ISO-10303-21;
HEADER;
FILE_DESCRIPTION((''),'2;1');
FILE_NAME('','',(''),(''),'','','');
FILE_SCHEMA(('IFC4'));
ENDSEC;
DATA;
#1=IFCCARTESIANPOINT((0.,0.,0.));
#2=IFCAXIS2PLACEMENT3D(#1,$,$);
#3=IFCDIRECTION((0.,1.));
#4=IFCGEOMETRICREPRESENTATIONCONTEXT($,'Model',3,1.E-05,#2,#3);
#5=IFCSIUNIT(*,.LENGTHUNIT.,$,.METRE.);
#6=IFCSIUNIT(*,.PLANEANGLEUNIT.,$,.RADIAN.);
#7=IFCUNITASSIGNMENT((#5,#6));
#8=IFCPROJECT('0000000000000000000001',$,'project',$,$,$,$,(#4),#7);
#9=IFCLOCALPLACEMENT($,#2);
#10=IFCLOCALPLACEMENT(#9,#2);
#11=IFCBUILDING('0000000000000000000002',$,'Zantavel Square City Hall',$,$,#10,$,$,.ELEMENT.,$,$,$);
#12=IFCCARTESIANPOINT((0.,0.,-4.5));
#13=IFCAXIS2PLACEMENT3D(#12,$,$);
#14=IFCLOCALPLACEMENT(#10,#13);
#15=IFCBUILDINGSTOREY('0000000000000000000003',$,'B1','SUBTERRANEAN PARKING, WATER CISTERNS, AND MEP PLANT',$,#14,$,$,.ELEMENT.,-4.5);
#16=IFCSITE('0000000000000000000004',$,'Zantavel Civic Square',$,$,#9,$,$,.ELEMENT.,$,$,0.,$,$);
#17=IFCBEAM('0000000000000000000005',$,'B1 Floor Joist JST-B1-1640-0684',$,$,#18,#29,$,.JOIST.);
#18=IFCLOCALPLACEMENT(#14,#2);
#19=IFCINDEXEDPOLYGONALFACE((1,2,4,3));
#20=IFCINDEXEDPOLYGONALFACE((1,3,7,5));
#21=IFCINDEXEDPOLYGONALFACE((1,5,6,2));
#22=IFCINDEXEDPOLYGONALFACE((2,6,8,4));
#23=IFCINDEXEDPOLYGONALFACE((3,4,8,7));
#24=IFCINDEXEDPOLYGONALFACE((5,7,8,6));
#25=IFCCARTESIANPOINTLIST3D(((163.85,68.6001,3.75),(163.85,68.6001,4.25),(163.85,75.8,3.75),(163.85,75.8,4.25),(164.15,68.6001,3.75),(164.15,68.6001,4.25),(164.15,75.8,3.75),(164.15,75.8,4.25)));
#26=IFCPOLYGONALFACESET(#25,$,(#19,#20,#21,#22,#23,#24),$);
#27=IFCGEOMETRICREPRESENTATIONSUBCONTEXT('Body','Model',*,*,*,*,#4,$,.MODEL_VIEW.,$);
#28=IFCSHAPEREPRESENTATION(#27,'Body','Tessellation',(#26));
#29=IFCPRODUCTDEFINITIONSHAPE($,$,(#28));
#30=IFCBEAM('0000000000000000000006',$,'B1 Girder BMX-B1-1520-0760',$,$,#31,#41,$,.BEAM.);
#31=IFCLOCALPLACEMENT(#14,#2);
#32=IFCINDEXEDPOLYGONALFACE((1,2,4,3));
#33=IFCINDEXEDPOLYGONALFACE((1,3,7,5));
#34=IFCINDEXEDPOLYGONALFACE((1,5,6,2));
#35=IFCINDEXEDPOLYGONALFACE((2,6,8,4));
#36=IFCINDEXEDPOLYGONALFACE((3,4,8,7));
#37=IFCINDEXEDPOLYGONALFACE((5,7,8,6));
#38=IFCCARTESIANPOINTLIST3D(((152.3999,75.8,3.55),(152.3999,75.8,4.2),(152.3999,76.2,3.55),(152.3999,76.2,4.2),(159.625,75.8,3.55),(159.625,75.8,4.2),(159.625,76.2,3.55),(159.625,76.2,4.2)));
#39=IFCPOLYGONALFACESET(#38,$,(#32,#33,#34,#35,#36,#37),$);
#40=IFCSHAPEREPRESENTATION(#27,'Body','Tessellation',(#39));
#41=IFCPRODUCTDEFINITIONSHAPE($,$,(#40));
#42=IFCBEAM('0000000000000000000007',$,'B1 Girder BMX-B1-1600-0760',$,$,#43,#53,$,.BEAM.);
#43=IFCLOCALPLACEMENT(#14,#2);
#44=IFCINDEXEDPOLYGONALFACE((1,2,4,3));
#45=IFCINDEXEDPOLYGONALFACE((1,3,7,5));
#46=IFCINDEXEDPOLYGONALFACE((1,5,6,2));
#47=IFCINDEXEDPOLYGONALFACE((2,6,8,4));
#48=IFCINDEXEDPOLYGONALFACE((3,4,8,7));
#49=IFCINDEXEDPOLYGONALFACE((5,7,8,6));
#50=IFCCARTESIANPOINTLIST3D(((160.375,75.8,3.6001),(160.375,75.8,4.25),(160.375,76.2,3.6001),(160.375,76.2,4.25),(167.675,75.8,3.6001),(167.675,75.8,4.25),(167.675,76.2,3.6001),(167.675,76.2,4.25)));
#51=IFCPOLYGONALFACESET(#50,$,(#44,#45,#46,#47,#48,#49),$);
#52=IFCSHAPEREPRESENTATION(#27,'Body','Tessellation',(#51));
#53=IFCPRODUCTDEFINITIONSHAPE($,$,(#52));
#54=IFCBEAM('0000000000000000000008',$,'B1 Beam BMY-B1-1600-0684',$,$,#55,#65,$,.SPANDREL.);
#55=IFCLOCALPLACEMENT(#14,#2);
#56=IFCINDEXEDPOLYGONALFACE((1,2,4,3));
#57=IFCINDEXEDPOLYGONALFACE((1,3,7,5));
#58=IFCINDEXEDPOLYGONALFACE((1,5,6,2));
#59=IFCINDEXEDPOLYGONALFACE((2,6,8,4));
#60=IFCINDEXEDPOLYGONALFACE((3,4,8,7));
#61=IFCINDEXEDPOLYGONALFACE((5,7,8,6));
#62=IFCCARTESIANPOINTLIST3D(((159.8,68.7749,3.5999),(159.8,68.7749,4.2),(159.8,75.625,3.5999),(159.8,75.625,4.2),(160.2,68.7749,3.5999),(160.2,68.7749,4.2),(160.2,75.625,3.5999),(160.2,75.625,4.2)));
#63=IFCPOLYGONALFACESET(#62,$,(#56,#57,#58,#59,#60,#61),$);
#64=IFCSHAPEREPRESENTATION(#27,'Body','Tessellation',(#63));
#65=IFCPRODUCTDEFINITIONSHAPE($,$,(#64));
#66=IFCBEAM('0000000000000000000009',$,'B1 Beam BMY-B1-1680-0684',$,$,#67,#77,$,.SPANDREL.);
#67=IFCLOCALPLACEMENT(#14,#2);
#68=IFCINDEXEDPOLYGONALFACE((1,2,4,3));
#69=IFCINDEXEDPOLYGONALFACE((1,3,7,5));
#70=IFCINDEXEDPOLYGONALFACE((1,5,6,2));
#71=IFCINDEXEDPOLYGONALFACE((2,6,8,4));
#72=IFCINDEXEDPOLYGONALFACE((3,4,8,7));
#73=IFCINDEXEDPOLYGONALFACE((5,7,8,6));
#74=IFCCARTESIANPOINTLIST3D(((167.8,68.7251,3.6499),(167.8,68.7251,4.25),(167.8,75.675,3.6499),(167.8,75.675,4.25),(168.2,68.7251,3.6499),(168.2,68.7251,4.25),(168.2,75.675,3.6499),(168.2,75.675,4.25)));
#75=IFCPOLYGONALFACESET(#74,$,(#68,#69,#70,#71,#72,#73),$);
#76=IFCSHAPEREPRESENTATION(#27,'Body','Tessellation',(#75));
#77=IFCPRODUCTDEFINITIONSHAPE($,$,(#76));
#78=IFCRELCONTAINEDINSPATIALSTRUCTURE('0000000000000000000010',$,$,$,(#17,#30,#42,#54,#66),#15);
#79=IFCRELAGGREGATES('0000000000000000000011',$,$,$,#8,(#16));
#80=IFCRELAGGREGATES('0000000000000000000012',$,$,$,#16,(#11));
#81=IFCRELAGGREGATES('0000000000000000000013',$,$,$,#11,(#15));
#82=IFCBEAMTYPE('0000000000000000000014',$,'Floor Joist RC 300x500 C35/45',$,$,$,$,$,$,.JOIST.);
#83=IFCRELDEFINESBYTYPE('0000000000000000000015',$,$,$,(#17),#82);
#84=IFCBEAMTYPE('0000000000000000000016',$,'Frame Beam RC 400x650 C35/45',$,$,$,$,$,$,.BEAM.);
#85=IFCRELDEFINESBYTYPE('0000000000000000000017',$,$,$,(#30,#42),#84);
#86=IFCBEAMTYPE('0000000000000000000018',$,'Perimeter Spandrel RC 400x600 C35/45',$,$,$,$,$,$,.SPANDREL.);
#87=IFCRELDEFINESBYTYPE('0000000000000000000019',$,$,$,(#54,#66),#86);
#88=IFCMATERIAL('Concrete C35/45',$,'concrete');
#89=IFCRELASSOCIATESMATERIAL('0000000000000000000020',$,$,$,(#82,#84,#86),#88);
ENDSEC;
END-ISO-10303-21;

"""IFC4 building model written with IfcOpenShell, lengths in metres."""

from ifc_helpers import new_model, si_unit, direction, frame, origin, origin_2d, place, context, subcontext, project, spatial, rectangle, extrude, material, material_profile, profile_set, type_object, element, save


model = new_model("IFC4")

# Units and contexts
model_context = context("Model", 3, precision=1e-05, world=origin(), true_north=direction((0.0, 1.0)))
body_context = subcontext(model_context, "Body", "Model", "MODEL_VIEW")
ifc_project = project(units=[si_unit("LENGTHUNIT", "METRE"), si_unit("PLANEANGLEUNIT", "RADIAN")], contexts=[model_context])

# Site, building, storey
site_placement = place(None, origin())
site = spatial("IfcSite", under=ifc_project, at=site_placement, Name="Zantavel Civic Square", CompositionType="ELEMENT", RefElevation=0.0)
building_placement = place(site_placement, origin())
building = spatial("IfcBuilding", under=site, at=building_placement, Name="Zantavel Square City Hall", CompositionType="ELEMENT")
storey_placement = place(building_placement, frame((0.0, 0.0, -4.5)))
storey = spatial("IfcBuildingStorey", under=building, at=storey_placement, Name="B1", Description="SUBTERRANEAN PARKING, WATER CISTERNS, AND MEP PLANT", CompositionType="ELEMENT", Elevation=-4.5)

# Shared definitions
ifc_material_1 = material(Name="Concrete C35/45", Category="concrete")

# Beams
ifc_material_profile_1 = material_profile(ifc_material_1, rectangle(XDim=0.3, YDim=0.5, at=origin_2d()), Name="RC 300x500")
ifc_profile_set_1 = profile_set([ifc_material_profile_1], Name="Concrete C35/45")
beam_type_1 = type_object("IfcBeamType", Name="Floor Joist RC 300x500 C35/45", PredefinedType="JOIST", material=ifc_profile_set_1)
for number, where, z_axis, x_axis, name in (
    (1, (164.0, 68.6001, 4.0), (0.0, 1.0, 0.0), (-1.0, 0.0, 0.0), "B1 Floor Joist JST-B1-1640-0684"),
):
    element("IfcBeam", number, at=place(storey_placement, frame(where, z_axis=z_axis, x_axis=x_axis)), inside=storey, type_object=beam_type_1, Name=name, PredefinedType="JOIST", context=body_context, shape_type="SweptSolid", body=[
        extrude(rectangle(XDim=0.3, YDim=0.5, at=origin_2d()), origin(), (0.0, 0.0, 1.0), 7.2),
    ])
ifc_material_profile_2 = material_profile(ifc_material_1, rectangle(XDim=0.3999, YDim=0.6499, at=origin_2d()), Name="RC 400x650")
ifc_profile_set_2 = profile_set([ifc_material_profile_2], Name="Concrete C35/45")
beam_type_2 = type_object("IfcBeamType", Name="Frame Beam RC 400x650 C35/45", PredefinedType="BEAM", material=ifc_profile_set_2)
beam_1_placement = place(storey_placement, frame((152.3999, 76.0, 3.875), z_axis=(1.0, 0.0, 0.0), x_axis=(0.0, 1.0, 0.0)))
element("IfcBeam", 2, at=beam_1_placement, inside=storey, type_object=beam_type_2, Name="B1 Girder BMX-B1-1520-0760", PredefinedType="BEAM", context=body_context, shape_type="SweptSolid", body=[
    extrude(rectangle(XDim=0.3999, YDim=0.6499, at=origin_2d()), origin(), (0.0, 0.0, 1.0), 7.2251),
])
beam_2_placement = place(storey_placement, frame((160.375, 76.0, 3.925), z_axis=(1.0, 0.0, 0.0), x_axis=(0.0, 1.0, 0.0)))
element("IfcBeam", 3, at=beam_2_placement, inside=storey, type_object=beam_type_2, Name="B1 Girder BMX-B1-1600-0760", PredefinedType="BEAM", context=body_context, shape_type="SweptSolid", body=[
    extrude(rectangle(XDim=0.3999, YDim=0.6499, at=origin_2d()), origin(), (0.0, 0.0, 1.0), 7.3),
])
ifc_material_profile_3 = material_profile(ifc_material_1, rectangle(XDim=0.3999, YDim=0.6001, at=origin_2d()), Name="RC 400x600")
ifc_profile_set_3 = profile_set([ifc_material_profile_3], Name="Concrete C35/45")
beam_type_3 = type_object("IfcBeamType", Name="Perimeter Spandrel RC 400x600 C35/45", PredefinedType="SPANDREL", material=ifc_profile_set_3)
beam_3_placement = place(storey_placement, frame((160.0, 68.7749, 3.8999), z_axis=(0.0, 1.0, 0.0), x_axis=(-1.0, 0.0, 0.0)))
element("IfcBeam", 4, at=beam_3_placement, inside=storey, type_object=beam_type_3, Name="B1 Beam BMY-B1-1600-0684", PredefinedType="SPANDREL", context=body_context, shape_type="SweptSolid", body=[
    extrude(rectangle(XDim=0.3999, YDim=0.6001, at=origin_2d()), origin(), (0.0, 0.0, 1.0), 6.8501),
])
beam_4_placement = place(storey_placement, frame((168.0, 68.7251, 3.95), z_axis=(0.0, 1.0, 0.0), x_axis=(-1.0, 0.0, 0.0)))
element("IfcBeam", 5, at=beam_4_placement, inside=storey, type_object=beam_type_3, Name="B1 Beam BMY-B1-1680-0684", PredefinedType="SPANDREL", context=body_context, shape_type="SweptSolid", body=[
    extrude(rectangle(XDim=0.3999, YDim=0.6001, at=origin_2d()), origin(), (0.0, 0.0, 1.0), 6.95),
])

save(model, "model.ifc")
